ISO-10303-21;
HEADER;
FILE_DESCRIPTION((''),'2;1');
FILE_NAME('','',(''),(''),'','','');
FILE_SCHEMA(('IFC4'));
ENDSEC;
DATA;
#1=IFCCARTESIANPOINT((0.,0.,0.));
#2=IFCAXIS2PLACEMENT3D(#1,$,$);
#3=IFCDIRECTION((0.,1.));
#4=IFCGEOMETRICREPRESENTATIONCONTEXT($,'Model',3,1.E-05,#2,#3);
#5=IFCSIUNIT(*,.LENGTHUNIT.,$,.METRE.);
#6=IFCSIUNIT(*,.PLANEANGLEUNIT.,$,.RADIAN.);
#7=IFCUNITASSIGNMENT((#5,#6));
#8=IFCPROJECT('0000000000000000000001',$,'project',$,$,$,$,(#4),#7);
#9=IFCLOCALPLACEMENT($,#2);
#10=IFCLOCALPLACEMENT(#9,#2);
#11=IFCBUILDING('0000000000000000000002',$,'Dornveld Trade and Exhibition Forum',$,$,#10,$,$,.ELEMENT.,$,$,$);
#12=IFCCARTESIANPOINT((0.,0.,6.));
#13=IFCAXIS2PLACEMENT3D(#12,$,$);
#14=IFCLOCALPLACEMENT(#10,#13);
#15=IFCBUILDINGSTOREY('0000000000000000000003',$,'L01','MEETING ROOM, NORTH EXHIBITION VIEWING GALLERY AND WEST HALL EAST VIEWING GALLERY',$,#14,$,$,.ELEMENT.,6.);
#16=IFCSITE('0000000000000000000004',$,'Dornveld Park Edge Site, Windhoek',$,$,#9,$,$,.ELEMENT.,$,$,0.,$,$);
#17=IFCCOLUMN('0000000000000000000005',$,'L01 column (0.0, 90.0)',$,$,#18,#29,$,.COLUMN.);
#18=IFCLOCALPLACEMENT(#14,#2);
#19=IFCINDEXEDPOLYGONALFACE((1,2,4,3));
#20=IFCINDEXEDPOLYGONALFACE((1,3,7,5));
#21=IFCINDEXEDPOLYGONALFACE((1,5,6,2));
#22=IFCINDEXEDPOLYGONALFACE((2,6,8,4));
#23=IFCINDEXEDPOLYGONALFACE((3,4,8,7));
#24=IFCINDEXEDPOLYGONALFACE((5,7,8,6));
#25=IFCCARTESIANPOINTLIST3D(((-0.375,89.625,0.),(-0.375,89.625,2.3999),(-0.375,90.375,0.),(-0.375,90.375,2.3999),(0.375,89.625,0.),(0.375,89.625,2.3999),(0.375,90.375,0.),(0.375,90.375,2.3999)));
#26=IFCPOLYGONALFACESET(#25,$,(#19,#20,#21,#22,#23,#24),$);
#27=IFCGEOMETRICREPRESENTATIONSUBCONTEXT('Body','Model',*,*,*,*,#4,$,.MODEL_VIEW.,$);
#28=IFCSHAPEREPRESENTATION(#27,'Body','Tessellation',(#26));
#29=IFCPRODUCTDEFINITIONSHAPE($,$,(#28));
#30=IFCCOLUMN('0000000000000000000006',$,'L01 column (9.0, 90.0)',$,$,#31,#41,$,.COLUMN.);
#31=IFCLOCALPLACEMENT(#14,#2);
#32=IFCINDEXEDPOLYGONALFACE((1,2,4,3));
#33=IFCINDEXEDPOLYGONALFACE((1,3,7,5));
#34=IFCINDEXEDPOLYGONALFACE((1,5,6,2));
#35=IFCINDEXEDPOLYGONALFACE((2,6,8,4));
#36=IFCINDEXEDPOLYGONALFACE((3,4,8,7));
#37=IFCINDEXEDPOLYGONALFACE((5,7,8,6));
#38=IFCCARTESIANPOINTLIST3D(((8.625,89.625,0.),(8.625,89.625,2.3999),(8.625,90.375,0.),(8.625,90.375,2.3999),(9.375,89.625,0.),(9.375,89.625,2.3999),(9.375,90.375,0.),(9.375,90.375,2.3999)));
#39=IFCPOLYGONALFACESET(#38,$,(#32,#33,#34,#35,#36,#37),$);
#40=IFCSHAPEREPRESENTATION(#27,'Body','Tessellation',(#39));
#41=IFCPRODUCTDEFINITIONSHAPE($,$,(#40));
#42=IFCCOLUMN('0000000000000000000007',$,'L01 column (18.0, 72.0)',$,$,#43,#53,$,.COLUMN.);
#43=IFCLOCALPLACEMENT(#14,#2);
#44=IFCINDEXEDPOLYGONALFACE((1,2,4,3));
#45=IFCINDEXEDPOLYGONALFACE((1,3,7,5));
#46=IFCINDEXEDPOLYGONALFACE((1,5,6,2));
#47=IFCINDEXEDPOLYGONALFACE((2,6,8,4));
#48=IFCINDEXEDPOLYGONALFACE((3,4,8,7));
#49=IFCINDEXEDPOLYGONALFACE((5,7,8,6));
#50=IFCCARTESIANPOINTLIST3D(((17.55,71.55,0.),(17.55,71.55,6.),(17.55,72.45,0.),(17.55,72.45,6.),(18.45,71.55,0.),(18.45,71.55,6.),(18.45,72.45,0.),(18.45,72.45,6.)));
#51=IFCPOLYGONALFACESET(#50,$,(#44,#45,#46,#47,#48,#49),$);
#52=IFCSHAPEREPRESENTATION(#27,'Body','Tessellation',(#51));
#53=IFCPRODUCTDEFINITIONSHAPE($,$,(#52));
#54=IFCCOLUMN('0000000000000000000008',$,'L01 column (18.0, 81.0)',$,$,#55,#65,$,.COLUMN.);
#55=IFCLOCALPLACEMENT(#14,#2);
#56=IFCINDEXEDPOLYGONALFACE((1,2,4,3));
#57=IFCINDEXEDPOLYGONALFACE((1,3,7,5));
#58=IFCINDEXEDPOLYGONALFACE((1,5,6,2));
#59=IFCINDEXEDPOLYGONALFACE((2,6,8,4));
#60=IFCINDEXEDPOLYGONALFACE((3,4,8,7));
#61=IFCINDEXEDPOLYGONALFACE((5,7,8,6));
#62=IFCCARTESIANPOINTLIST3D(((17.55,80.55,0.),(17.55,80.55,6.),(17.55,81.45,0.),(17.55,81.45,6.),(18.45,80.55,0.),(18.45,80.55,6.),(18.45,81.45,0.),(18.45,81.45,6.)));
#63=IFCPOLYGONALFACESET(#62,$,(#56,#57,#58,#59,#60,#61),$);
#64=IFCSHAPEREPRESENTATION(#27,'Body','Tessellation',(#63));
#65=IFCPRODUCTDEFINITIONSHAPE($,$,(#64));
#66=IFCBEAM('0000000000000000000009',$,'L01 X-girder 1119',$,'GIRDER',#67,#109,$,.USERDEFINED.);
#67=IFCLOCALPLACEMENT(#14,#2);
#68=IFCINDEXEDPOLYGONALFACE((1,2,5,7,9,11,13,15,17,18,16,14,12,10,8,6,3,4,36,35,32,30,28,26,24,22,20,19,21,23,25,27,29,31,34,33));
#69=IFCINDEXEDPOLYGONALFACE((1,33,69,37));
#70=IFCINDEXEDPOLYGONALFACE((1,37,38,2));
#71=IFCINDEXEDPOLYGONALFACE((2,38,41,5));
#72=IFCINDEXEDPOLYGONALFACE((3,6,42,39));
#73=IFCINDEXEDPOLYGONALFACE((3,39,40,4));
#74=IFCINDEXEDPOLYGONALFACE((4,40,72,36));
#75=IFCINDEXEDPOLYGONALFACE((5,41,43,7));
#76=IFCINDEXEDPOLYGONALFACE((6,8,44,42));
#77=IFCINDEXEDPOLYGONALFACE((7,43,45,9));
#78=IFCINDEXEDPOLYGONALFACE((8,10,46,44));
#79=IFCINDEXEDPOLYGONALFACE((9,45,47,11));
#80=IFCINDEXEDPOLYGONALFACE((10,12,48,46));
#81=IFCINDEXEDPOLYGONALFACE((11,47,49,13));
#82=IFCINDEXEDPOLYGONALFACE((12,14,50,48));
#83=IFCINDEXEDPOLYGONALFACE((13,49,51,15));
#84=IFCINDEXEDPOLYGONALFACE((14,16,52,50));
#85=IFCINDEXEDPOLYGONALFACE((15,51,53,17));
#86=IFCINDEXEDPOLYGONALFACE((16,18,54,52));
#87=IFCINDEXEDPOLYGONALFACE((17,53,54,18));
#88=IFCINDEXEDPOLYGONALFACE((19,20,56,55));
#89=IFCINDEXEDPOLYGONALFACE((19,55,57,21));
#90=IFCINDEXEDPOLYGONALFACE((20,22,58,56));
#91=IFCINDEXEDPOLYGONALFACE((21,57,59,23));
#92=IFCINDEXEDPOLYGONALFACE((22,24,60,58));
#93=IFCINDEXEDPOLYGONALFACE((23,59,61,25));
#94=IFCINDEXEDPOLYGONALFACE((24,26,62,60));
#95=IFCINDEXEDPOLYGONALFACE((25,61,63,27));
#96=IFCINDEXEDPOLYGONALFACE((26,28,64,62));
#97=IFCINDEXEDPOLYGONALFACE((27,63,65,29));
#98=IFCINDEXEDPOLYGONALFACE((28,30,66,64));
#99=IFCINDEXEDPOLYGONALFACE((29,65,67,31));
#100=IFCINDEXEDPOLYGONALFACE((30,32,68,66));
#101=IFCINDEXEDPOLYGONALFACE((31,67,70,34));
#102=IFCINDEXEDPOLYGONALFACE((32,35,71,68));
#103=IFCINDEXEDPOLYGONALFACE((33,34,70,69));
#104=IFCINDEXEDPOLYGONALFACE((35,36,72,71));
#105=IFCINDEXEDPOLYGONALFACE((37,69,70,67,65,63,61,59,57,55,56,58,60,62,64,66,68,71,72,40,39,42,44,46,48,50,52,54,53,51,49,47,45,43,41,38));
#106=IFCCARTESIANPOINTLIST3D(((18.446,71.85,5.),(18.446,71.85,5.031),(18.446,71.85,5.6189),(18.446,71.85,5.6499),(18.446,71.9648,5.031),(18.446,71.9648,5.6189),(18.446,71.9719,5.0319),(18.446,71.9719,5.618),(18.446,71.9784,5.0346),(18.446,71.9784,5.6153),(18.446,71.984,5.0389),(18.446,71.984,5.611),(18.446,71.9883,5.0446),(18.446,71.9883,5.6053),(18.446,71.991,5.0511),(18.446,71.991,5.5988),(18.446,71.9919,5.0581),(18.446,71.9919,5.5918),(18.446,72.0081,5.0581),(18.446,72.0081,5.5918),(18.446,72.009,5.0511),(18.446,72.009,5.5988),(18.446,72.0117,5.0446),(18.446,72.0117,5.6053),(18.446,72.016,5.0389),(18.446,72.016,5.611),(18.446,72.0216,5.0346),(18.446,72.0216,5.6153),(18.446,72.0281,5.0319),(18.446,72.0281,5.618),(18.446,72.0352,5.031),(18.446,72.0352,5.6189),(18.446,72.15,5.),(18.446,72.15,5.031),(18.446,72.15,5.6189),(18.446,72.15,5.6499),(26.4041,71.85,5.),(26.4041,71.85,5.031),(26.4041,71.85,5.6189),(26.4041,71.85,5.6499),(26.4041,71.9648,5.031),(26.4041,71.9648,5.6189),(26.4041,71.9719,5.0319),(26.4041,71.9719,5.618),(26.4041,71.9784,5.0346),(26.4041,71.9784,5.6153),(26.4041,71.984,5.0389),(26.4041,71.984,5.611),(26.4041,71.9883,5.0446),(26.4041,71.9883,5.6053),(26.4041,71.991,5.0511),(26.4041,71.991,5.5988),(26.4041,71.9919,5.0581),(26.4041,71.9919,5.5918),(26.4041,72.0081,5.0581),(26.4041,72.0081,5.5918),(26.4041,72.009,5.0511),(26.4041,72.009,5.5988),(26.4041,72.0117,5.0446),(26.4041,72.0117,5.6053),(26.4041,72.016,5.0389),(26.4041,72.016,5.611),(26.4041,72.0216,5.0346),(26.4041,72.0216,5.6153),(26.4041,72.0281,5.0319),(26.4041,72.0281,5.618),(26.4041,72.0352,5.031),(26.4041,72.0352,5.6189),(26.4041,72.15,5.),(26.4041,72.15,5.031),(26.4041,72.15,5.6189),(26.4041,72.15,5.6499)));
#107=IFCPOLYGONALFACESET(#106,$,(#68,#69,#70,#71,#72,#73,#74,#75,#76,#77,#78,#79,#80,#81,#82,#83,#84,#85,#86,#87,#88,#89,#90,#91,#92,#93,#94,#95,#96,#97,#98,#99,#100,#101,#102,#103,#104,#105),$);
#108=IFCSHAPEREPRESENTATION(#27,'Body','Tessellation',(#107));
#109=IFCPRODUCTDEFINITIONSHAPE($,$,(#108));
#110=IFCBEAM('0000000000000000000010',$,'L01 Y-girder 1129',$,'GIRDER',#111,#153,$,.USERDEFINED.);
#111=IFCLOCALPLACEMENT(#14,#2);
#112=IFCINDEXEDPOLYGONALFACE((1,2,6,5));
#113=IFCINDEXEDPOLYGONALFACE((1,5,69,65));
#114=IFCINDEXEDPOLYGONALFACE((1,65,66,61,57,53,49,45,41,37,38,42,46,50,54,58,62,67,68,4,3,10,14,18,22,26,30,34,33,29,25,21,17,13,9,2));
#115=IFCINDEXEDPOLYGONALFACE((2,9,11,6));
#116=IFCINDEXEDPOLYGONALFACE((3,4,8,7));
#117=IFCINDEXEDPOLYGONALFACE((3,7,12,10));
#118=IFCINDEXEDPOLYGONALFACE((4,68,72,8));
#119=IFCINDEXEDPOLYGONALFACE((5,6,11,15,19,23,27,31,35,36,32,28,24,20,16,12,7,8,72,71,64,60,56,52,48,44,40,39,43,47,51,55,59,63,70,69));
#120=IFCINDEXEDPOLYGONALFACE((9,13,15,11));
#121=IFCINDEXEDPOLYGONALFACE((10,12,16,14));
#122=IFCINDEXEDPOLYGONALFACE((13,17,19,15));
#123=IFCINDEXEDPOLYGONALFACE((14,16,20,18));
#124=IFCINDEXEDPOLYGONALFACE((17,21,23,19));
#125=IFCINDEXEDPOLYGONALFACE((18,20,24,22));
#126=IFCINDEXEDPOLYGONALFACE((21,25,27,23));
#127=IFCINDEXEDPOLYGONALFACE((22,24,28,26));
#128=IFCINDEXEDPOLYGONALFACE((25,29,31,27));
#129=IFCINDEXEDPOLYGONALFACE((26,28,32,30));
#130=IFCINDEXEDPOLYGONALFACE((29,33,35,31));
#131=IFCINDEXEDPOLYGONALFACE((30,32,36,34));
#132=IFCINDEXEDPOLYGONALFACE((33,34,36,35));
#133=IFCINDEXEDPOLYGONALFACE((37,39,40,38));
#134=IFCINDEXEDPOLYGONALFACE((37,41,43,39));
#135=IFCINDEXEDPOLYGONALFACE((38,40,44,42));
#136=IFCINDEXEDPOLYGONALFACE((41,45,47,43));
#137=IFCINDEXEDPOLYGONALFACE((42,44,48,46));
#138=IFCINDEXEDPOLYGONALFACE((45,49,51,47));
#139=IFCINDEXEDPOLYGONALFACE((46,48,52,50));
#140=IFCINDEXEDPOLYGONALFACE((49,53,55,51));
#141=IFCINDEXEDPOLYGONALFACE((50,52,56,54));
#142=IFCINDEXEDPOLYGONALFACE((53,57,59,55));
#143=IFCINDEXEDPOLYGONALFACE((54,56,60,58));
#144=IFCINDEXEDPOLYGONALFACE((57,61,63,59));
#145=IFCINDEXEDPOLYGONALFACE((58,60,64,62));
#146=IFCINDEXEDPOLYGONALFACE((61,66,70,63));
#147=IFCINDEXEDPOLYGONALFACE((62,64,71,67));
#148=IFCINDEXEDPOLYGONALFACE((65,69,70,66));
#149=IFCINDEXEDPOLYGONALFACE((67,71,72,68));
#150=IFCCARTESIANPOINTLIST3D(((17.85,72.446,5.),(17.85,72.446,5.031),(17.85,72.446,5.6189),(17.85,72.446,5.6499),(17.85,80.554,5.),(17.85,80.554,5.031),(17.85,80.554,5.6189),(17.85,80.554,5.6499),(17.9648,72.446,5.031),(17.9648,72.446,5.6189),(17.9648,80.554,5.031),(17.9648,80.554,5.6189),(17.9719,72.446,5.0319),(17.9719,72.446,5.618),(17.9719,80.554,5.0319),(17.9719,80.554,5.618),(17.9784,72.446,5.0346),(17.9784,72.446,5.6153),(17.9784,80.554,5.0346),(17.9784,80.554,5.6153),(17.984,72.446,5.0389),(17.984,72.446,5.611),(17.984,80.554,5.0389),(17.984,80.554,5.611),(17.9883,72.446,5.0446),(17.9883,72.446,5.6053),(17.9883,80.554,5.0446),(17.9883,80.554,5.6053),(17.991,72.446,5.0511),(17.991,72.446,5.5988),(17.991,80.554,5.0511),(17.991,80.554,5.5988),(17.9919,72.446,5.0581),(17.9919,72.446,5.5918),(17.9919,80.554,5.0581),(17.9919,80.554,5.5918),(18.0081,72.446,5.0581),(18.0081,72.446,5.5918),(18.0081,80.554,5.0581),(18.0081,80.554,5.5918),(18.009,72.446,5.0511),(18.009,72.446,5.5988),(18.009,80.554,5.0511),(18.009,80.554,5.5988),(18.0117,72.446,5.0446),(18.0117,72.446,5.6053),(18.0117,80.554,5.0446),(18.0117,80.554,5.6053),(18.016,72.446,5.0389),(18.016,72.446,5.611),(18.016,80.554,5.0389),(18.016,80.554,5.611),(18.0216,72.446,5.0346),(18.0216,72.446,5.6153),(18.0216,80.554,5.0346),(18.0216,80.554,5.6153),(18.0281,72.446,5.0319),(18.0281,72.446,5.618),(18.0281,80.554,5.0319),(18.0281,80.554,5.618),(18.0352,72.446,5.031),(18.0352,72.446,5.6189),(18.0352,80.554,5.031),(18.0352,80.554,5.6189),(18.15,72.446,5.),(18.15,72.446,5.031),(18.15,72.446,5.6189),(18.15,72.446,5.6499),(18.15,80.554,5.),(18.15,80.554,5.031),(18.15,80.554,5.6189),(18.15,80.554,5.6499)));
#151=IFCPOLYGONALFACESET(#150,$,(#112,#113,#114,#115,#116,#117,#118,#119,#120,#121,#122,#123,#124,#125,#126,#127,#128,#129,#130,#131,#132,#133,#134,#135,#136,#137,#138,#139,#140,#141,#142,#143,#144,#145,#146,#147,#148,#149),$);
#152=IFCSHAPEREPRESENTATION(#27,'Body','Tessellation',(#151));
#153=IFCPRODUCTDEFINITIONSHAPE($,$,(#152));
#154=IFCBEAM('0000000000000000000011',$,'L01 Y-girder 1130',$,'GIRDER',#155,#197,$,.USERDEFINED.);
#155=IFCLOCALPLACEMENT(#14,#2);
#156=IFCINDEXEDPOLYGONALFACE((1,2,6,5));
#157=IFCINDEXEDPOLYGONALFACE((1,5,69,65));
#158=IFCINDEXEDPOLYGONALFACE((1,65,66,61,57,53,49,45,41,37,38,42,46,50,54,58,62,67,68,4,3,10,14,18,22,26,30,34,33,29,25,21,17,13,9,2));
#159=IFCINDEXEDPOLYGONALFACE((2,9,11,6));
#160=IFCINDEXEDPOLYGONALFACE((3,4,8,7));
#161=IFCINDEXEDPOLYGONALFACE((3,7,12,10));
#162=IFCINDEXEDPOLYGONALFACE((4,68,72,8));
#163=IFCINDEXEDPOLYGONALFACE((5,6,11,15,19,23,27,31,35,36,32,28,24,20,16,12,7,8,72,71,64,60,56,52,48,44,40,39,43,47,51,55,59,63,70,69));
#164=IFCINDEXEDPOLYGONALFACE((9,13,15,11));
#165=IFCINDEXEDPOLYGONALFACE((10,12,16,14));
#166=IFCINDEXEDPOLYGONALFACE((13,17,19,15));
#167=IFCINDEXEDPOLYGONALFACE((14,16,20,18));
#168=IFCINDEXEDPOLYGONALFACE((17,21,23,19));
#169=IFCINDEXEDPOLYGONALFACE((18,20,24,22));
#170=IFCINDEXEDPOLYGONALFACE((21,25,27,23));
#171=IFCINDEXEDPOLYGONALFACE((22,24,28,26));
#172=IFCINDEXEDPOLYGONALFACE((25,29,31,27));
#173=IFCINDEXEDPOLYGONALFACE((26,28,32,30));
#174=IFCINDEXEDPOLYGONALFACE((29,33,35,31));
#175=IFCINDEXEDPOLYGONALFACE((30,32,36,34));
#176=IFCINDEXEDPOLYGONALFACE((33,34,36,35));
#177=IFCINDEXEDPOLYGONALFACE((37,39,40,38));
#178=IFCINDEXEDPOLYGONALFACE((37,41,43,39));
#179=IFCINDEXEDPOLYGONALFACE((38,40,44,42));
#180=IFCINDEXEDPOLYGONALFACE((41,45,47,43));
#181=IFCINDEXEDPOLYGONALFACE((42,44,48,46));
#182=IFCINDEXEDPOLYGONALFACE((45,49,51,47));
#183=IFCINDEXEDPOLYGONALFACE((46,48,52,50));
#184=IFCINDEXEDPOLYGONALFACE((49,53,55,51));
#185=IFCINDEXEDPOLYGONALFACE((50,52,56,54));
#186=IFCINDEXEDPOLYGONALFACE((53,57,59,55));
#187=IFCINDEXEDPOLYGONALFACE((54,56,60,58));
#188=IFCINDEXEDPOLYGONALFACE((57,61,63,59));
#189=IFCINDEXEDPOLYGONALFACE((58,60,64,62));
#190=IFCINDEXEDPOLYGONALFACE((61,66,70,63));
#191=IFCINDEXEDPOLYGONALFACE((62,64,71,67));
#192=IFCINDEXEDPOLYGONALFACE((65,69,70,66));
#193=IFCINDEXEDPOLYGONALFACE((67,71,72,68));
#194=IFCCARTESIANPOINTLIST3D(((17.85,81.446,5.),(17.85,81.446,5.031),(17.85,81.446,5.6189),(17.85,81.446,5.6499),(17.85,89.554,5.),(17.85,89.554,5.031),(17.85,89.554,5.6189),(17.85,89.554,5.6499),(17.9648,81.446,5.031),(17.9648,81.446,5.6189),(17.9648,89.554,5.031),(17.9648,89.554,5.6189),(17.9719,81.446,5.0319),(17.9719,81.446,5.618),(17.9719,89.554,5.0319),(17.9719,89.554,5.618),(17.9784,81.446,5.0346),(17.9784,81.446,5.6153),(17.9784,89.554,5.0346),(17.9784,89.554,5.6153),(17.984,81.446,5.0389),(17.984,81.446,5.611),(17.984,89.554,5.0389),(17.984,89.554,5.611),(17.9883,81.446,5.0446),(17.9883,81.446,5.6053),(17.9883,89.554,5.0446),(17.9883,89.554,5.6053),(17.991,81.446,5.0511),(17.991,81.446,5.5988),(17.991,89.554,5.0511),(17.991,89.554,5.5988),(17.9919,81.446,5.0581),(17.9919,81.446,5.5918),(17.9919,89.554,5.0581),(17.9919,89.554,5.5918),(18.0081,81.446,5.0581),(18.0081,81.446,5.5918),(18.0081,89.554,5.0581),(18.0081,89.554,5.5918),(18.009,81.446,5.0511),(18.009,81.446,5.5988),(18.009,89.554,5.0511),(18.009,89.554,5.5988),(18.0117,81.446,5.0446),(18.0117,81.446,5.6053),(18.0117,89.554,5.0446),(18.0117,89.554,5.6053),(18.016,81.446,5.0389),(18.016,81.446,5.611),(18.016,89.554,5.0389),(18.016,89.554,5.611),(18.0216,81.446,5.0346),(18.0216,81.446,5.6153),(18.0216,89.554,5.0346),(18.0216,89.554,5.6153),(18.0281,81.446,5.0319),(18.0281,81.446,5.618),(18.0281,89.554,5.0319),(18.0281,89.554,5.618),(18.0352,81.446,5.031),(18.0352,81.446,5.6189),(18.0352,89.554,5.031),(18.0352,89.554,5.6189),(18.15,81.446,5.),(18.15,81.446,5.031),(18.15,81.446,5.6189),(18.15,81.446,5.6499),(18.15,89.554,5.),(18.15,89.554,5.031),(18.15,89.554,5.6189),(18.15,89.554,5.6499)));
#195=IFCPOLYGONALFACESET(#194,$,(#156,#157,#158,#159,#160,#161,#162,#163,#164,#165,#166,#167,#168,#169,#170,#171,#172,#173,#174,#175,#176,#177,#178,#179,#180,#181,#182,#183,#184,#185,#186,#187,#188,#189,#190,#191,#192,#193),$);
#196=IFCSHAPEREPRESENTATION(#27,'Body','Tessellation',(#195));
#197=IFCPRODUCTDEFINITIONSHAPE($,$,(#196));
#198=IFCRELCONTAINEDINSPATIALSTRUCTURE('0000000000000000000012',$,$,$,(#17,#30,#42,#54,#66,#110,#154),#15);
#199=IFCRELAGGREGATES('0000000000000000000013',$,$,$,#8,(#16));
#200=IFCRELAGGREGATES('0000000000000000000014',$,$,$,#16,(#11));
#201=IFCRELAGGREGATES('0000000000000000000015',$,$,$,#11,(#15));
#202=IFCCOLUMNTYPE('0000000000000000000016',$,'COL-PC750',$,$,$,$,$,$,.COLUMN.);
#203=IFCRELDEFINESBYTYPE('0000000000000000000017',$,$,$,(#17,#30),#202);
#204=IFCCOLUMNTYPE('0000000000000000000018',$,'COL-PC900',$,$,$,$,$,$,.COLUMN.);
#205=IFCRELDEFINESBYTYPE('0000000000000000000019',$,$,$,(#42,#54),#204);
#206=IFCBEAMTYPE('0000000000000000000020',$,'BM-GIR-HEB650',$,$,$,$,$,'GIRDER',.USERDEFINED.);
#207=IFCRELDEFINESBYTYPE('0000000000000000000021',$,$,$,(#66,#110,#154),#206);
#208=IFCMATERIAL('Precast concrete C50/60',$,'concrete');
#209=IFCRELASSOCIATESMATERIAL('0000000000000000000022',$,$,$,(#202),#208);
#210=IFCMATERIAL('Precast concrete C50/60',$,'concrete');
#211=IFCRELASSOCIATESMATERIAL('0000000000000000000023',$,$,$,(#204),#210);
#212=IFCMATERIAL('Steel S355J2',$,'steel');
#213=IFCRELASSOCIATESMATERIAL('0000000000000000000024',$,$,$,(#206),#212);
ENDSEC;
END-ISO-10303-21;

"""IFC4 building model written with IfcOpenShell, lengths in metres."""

from ifc_helpers import new_model, si_unit, direction, frame, origin, origin_2d, place, context, subcontext, project, spatial, rectangle, i_section, extrude, material, material_profile, profile_set, type_object, element, save


model = new_model("IFC4")

# Units and contexts
model_context = context("Model", 3, precision=1e-05, world=origin(), true_north=direction((0.0, 1.0)))
body_context = subcontext(model_context, "Body", "Model", "MODEL_VIEW")
ifc_project = project(units=[si_unit("LENGTHUNIT", "METRE"), si_unit("PLANEANGLEUNIT", "RADIAN")], contexts=[model_context])

# Site, building, storey
site_placement = place(None, origin())
site = spatial("IfcSite", under=ifc_project, at=site_placement, Name="Dornveld Park Edge Site, Windhoek", CompositionType="ELEMENT", RefElevation=0.0)
building_placement = place(site_placement, origin())
building = spatial("IfcBuilding", under=site, at=building_placement, Name="Dornveld Trade and Exhibition Forum", CompositionType="ELEMENT")
storey_placement = place(building_placement, frame((0.0, 0.0, 6.0)))
storey = spatial("IfcBuildingStorey", under=building, at=storey_placement, Name="L01", Description="MEETING ROOM, NORTH EXHIBITION VIEWING GALLERY AND WEST HALL EAST VIEWING GALLERY", CompositionType="ELEMENT", Elevation=6.0)

# Columns
ifc_material_1 = material(Name="Precast concrete C50/60", Category="concrete")
ifc_material_profile_1 = material_profile(ifc_material_1, rectangle(XDim=0.75, YDim=0.75, at=origin_2d()), Name="PC-COL 750x750")
ifc_profile_set_1 = profile_set([ifc_material_profile_1], Name="Precast concrete C50/60")
column_type_1 = type_object("IfcColumnType", Name="COL-PC750", PredefinedType="COLUMN", material=ifc_profile_set_1)
for number, where, z_axis, x_axis, name in (
    (1, (0.0, 90.0, 0.0), (0.0, 0.0, 1.0), (1.0, 0.0, 0.0), "L01 column (0.0, 90.0)"),
    (2, (9.0, 90.0, 0.0), (0.0, 0.0, 1.0), (1.0, 0.0, 0.0), "L01 column (9.0, 90.0)"),
):
    element("IfcColumn", number, at=place(storey_placement, frame(where, z_axis=z_axis, x_axis=x_axis)), inside=storey, type_object=column_type_1, Name=name, PredefinedType="COLUMN", context=body_context, shape_type="SweptSolid", body=[
        extrude(rectangle(XDim=0.75, YDim=0.75, at=origin_2d()), origin(), (0.0, 0.0, 1.0), 2.3999),
    ])
ifc_material_2 = material(Name="Precast concrete C50/60", Category="concrete")
ifc_material_profile_2 = material_profile(ifc_material_2, rectangle(XDim=0.8999, YDim=0.8999, at=origin_2d()), Name="PC-COL 900x900")
ifc_profile_set_2 = profile_set([ifc_material_profile_2], Name="Precast concrete C50/60")
column_type_2 = type_object("IfcColumnType", Name="COL-PC900", PredefinedType="COLUMN", material=ifc_profile_set_2)
for number, where, z_axis, x_axis, name in (
    (3, (18.0, 72.0, 0.0), (0.0, 0.0, 1.0), (1.0, 0.0, 0.0), "L01 column (18.0, 72.0)"),
    (4, (18.0, 81.0, 0.0), (0.0, 0.0, 1.0), (1.0, 0.0, 0.0), "L01 column (18.0, 81.0)"),
):
    element("IfcColumn", number, at=place(storey_placement, frame(where, z_axis=z_axis, x_axis=x_axis)), inside=storey, type_object=column_type_2, Name=name, PredefinedType="COLUMN", context=body_context, shape_type="SweptSolid", body=[
        extrude(rectangle(XDim=0.8999, YDim=0.8999, at=origin_2d()), origin(), (0.0, 0.0, 1.0), 6.0),
    ])

# Beams
ifc_material_3 = material(Name="Steel S355J2", Category="steel")
ifc_material_profile_3 = material_profile(ifc_material_3, i_section(OverallWidth=0.3, OverallDepth=0.6499, WebThickness=0.0161, FlangeThickness=0.031, FilletRadius=0.0271, at=origin_2d()), Name="HEB 650")
ifc_profile_set_3 = profile_set([ifc_material_profile_3], Name="Steel S355J2")
beam_type = type_object("IfcBeamType", Name="BM-GIR-HEB650", ElementType="GIRDER", PredefinedType="USERDEFINED", material=ifc_profile_set_3)
beam_placement = place(storey_placement, frame((18.446, 72.0, 5.325), z_axis=(1.0, 0.0, 0.0), x_axis=(0.0, 1.0, 0.0)))
element("IfcBeam", 5, at=beam_placement, inside=storey, type_object=beam_type, Name="L01 X-girder 1119", ObjectType="GIRDER", PredefinedType="USERDEFINED", context=body_context, shape_type="SweptSolid", body=[
    extrude(i_section(OverallWidth=0.3, OverallDepth=0.6499, WebThickness=0.0161, FlangeThickness=0.031, FilletRadius=0.0271, at=origin_2d()), origin(), (0.0, 0.0, 1.0), 7.958),
])
for number, where, z_axis, x_axis, name in (
    (6, (18.0, 72.446, 5.325), (0.0, 1.0, 0.0), (-1.0, 0.0, 0.0), "L01 Y-girder 1129"),
    (7, (18.0, 81.446, 5.325), (0.0, 1.0, 0.0), (-1.0, 0.0, 0.0), "L01 Y-girder 1130"),
):
    element("IfcBeam", number, at=place(storey_placement, frame(where, z_axis=z_axis, x_axis=x_axis)), inside=storey, type_object=beam_type, Name=name, ObjectType="GIRDER", PredefinedType="USERDEFINED", context=body_context, shape_type="SweptSolid", body=[
        extrude(i_section(OverallWidth=0.3, OverallDepth=0.6499, WebThickness=0.0161, FlangeThickness=0.031, FilletRadius=0.0271, at=origin_2d()), origin(), (0.0, 0.0, 1.0), 8.1079),
    ])

save(model, "model.ifc")
